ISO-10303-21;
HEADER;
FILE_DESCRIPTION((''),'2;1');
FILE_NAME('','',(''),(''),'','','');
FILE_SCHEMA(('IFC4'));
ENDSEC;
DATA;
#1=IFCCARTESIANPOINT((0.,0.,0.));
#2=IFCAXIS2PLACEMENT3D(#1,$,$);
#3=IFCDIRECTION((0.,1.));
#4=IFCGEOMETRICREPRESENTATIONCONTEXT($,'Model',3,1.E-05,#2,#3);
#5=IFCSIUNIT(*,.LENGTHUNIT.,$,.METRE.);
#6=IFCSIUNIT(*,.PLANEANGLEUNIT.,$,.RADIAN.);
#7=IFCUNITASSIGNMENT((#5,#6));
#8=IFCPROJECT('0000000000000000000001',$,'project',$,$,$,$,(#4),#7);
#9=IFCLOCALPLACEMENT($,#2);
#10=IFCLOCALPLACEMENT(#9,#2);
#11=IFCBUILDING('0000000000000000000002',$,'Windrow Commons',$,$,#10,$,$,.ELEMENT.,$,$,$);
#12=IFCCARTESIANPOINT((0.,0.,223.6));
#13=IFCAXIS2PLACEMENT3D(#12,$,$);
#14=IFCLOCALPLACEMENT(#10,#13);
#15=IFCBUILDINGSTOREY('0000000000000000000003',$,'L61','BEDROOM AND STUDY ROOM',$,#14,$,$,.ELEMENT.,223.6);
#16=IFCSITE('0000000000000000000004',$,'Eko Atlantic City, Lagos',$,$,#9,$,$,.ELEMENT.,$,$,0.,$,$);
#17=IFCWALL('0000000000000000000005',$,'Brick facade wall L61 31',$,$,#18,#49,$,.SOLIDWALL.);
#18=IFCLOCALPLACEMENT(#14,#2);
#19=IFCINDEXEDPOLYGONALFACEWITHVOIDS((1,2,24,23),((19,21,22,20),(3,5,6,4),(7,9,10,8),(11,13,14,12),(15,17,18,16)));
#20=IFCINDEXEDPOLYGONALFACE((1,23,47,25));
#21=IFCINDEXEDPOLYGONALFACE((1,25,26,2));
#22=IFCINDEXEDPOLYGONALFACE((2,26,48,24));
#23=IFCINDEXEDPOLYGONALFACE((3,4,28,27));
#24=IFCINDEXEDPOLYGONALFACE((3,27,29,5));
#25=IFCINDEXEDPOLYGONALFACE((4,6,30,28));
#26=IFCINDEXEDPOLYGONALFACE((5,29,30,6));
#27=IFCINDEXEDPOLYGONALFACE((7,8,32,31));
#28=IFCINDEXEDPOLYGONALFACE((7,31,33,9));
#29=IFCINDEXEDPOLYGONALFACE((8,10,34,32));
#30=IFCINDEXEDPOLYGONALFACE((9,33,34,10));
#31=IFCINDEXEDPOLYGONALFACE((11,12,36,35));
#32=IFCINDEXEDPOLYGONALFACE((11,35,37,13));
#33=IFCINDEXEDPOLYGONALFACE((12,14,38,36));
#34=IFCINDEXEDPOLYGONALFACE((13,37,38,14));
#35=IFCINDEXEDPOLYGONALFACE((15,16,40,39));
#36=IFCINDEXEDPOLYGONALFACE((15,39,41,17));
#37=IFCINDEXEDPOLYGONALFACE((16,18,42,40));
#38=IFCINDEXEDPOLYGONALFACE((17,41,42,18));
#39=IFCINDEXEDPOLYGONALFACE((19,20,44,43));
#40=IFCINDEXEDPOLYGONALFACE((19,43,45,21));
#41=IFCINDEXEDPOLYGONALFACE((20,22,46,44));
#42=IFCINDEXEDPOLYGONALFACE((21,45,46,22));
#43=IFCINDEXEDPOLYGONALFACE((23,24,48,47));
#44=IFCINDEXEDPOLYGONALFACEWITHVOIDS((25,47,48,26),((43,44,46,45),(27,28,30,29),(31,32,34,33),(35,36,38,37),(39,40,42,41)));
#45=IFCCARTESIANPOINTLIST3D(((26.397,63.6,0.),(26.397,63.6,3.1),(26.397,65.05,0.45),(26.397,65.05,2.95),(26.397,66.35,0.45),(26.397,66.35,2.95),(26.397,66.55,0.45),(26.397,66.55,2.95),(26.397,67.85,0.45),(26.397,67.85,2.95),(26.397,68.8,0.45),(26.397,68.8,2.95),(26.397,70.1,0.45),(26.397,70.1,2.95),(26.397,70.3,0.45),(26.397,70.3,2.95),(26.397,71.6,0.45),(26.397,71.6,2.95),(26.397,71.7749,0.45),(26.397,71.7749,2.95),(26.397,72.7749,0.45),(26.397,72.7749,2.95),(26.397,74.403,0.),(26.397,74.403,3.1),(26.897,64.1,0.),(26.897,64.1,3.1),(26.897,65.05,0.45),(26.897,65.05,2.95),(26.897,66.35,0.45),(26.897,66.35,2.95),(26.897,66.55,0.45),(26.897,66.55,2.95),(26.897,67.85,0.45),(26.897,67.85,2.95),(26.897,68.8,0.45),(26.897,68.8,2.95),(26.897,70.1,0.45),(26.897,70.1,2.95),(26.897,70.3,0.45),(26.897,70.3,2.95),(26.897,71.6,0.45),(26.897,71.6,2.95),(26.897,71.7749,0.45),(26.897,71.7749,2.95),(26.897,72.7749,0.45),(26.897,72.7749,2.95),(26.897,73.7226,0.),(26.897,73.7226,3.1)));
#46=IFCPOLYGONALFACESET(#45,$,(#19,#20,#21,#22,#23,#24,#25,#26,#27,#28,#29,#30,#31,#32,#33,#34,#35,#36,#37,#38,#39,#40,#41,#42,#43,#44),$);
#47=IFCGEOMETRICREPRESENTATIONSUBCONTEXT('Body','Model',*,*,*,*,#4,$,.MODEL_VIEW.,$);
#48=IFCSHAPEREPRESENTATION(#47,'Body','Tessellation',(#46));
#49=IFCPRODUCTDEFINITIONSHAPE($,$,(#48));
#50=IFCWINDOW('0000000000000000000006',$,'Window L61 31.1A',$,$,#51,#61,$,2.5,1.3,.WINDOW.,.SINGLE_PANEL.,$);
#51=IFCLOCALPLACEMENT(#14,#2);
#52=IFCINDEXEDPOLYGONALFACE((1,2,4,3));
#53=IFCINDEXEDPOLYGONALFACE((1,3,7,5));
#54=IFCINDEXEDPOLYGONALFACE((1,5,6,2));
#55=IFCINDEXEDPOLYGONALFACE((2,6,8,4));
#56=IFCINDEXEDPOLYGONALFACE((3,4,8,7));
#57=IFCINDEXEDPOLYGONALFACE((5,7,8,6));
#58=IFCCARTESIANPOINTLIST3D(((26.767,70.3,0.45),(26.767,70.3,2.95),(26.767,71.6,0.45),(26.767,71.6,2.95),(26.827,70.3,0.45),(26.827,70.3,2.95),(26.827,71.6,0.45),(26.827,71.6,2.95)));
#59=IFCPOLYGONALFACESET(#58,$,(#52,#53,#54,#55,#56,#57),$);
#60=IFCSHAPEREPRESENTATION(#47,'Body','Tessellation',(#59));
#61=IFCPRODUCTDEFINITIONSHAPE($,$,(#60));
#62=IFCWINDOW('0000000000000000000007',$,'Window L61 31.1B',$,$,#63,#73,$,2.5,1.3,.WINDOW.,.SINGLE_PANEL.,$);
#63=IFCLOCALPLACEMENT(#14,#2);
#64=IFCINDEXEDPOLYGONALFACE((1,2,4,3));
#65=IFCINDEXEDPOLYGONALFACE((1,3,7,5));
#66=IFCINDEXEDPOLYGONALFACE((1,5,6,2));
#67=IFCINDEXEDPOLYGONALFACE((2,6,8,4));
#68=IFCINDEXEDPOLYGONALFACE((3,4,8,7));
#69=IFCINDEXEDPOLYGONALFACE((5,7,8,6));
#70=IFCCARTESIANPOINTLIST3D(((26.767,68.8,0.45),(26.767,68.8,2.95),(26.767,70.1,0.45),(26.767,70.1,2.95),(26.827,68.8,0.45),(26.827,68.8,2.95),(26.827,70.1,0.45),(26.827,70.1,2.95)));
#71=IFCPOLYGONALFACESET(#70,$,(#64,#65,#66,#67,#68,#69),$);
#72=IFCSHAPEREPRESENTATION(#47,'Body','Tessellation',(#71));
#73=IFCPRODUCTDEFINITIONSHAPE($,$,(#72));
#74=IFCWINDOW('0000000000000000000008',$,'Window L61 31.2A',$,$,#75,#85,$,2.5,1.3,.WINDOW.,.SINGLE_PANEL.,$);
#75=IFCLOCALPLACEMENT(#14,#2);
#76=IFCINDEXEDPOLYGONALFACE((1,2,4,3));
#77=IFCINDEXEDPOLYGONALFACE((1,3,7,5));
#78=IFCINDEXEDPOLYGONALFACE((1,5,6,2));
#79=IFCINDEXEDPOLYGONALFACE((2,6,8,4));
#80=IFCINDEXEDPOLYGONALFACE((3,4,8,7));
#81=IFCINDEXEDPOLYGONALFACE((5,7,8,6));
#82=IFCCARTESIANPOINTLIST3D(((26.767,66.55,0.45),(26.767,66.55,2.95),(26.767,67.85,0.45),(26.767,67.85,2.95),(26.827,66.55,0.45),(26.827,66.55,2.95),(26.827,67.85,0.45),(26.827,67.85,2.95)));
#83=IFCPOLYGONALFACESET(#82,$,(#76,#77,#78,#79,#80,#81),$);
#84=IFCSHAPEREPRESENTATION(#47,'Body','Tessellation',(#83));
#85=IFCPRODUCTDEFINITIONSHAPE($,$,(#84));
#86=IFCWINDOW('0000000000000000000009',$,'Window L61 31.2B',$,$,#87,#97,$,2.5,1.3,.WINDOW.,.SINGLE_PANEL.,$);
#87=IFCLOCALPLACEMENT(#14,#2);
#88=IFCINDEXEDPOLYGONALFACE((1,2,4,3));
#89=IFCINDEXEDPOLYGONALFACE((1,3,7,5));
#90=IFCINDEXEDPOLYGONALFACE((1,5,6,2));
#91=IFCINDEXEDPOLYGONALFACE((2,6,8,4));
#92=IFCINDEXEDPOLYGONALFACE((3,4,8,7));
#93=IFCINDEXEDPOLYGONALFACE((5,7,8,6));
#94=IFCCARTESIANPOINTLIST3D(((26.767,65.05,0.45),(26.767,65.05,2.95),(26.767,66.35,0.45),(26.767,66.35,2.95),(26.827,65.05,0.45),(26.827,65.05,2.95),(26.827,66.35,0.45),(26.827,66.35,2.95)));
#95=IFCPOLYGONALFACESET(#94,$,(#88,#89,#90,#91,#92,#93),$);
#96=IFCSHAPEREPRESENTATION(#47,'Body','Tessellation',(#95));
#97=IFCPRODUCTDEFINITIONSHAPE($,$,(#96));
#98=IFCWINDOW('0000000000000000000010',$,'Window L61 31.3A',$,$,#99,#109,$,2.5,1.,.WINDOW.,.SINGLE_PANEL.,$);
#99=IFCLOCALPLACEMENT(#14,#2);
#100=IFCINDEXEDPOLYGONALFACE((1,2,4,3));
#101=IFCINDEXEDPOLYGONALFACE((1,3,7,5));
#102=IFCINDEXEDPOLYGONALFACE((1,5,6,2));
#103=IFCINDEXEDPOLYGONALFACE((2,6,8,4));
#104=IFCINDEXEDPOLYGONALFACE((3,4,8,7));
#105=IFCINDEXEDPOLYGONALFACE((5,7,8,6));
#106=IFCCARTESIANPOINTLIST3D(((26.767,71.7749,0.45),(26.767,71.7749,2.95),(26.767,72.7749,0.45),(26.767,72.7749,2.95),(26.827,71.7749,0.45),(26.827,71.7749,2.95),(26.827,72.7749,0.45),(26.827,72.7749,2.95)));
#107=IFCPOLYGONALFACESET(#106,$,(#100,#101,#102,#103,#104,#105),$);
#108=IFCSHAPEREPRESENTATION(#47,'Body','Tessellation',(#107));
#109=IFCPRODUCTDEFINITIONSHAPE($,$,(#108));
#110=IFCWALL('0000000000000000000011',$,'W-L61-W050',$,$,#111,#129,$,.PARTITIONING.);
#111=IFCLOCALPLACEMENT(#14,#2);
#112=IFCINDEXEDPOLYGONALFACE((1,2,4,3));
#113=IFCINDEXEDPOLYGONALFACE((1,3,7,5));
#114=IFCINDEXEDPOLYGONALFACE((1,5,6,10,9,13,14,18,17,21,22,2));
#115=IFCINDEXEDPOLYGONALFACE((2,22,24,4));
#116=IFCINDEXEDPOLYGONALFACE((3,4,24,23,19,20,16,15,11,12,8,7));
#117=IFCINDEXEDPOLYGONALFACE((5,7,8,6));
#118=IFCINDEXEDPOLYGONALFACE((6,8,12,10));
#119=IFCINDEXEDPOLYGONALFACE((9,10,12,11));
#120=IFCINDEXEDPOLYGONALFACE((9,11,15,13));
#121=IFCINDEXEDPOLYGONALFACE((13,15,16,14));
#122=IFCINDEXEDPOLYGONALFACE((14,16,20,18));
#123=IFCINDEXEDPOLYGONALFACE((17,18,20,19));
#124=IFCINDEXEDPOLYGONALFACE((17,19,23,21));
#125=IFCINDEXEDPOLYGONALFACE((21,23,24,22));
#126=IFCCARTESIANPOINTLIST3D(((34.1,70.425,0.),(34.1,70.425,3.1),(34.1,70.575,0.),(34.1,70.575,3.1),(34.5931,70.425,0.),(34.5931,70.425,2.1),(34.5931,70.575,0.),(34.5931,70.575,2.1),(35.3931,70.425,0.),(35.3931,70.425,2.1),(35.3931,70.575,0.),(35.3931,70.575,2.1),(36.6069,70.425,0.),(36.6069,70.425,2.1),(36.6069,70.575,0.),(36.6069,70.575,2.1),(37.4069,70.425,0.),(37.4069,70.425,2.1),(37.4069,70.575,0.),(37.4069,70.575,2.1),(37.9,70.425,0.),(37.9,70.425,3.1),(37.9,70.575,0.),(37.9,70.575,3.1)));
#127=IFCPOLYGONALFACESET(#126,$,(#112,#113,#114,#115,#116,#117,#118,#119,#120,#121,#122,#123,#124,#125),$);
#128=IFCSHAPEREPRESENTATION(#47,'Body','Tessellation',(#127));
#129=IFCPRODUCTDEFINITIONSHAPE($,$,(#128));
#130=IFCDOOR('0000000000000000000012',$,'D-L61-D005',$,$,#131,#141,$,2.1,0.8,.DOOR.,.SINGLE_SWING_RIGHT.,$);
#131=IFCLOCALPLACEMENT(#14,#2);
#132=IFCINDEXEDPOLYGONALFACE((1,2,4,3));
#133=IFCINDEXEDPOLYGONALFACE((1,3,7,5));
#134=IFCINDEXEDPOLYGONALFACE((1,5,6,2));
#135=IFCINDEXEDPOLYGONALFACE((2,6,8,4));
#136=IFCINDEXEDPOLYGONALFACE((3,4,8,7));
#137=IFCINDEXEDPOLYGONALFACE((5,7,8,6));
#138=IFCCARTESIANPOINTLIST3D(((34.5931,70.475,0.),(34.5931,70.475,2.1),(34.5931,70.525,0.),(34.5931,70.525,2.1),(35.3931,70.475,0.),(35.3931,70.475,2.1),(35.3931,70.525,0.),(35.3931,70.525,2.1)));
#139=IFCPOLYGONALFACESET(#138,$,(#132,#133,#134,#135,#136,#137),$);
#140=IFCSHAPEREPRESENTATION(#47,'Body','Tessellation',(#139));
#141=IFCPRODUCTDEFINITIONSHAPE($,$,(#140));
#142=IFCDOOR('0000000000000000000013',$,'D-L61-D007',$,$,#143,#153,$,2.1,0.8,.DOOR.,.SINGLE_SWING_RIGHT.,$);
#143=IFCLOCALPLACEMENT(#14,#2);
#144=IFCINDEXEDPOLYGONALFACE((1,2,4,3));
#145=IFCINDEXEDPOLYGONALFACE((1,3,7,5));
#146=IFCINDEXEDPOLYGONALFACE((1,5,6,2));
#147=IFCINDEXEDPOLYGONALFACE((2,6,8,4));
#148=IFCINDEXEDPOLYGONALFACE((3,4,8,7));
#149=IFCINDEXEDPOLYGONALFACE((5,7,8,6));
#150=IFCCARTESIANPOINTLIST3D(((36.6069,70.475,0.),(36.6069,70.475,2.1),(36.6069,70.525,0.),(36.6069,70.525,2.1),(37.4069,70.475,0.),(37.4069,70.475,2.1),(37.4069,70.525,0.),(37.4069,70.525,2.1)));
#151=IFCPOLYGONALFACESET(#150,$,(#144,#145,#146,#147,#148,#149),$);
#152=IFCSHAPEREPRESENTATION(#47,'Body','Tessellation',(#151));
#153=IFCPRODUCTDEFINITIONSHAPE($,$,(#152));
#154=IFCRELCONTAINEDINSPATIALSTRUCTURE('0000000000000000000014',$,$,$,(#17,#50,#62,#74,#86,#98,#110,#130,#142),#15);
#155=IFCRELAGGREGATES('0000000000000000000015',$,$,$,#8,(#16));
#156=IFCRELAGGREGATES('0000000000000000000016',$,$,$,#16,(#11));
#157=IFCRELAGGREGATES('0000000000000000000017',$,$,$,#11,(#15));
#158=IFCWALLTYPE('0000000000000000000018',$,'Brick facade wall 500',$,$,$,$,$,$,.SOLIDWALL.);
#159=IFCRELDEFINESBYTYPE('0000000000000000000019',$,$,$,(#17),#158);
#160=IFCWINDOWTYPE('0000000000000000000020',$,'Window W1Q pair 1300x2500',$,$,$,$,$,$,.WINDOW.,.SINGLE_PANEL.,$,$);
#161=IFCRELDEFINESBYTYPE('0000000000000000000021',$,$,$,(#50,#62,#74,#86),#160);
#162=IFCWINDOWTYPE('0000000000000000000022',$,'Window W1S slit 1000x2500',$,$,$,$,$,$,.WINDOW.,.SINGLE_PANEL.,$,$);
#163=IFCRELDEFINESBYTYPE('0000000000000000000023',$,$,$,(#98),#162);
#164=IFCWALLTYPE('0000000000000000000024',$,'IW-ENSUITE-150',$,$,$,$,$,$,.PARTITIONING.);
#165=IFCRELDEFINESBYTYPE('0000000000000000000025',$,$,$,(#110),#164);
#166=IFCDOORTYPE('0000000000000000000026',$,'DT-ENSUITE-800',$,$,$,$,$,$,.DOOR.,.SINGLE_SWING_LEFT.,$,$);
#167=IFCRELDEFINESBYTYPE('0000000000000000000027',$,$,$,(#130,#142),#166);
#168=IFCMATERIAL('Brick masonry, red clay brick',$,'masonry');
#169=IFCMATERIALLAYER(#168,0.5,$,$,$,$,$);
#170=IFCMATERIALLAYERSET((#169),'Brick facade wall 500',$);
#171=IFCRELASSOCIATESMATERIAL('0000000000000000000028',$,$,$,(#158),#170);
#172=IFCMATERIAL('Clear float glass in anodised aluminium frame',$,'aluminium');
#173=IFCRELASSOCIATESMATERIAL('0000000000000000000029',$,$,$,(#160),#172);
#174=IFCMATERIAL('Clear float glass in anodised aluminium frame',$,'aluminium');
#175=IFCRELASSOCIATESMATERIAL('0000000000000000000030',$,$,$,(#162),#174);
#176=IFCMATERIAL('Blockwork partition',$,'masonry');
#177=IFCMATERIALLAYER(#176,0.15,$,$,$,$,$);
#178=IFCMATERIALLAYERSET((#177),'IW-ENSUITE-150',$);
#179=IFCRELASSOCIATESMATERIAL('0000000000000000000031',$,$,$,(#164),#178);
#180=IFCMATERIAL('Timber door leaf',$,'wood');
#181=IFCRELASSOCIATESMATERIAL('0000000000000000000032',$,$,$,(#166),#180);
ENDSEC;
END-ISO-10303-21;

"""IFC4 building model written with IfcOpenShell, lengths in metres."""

from ifc_helpers import new_model, si_unit, direction, frame, frame_2d, origin, place, context, subcontext, project, spatial, polyline, rectangle, outline, extrude, material, layer, layer_set, type_object, element, fill, save


model = new_model("IFC4")

# Units and contexts
model_context = context("Model", 3, precision=1e-05, world=origin(), true_north=direction((0.0, 1.0)))
body_context = subcontext(model_context, "Body", "Model", "MODEL_VIEW")
ifc_project = project(units=[si_unit("LENGTHUNIT", "METRE"), si_unit("PLANEANGLEUNIT", "RADIAN")], contexts=[model_context])

# Site, building, storey
site_placement = place(None, origin())
site = spatial("IfcSite", under=ifc_project, at=site_placement, Name="Eko Atlantic City, Lagos", CompositionType="ELEMENT", RefElevation=0.0)
building_placement = place(site_placement, origin())
building = spatial("IfcBuilding", under=site, at=building_placement, Name="Windrow Commons", CompositionType="ELEMENT")
storey_placement = place(building_placement, frame((0.0, 0.0, 223.6)))
storey = spatial("IfcBuildingStorey", under=building, at=storey_placement, Name="L61", Description="BEDROOM AND STUDY ROOM", CompositionType="ELEMENT", Elevation=223.6)

# Shared definitions
ifc_material_1 = material(Name="Brick masonry, red clay brick", Category="masonry")
ifc_layer_1 = layer(ifc_material_1, 0.5)
ifc_layer_set_1 = layer_set([ifc_layer_1], Name="Brick facade wall 500")
wall_type_1 = type_object("IfcWallType", Name="Brick facade wall 500", PredefinedType="SOLIDWALL", material=ifc_layer_set_1)

# Wall, openings, windows
wall_1_placement = place(storey_placement, frame((26.647, 74.0628, 0.0), z_axis=(0.0, 0.0, 1.0), x_axis=(0.0, -1.0, 0.0)))
wall_1 = element("IfcWall", 1, at=wall_1_placement, inside=storey, type_object=wall_type_1, Name="Brick facade wall L61 31", PredefinedType="SOLIDWALL", context=body_context, shape_type="SweptSolid", body=[
    extrude(outline(polyline([(-0.3402, -0.25), (10.4628, -0.25), (9.9628, 0.25), (0.3402, 0.25), (-0.3402, -0.25)])), origin(), (0.0, 0.0, 1.0), 3.1),
])
opening_1_placement = place(wall_1_placement, frame((2.4628, 0.0, 0.45)))
opening_1 = element("IfcOpeningElement", 2, at=opening_1_placement, cuts=wall_1, PredefinedType="OPENING", context=body_context, shape_type="SweptSolid", body=[
    extrude(rectangle(XDim=1.3, YDim=2.5, at=frame_2d((0.65, 1.25))), frame((0.0, 0.26, 0.0), z_axis=(0.0, -1.0, 0.0), x_axis=(1.0, 0.0, 0.0)), (0.0, 0.0, 1.0), 0.52),
])
opening_2_placement = place(wall_1_placement, frame((3.9628, 0.0, 0.45)))
opening_2 = element("IfcOpeningElement", 3, at=opening_2_placement, cuts=wall_1, PredefinedType="OPENING", context=body_context, shape_type="SweptSolid", body=[
    extrude(rectangle(XDim=1.3, YDim=2.5, at=frame_2d((0.65, 1.25))), frame((0.0, 0.26, 0.0), z_axis=(0.0, -1.0, 0.0), x_axis=(1.0, 0.0, 0.0)), (0.0, 0.0, 1.0), 0.52),
])
opening_3_placement = place(wall_1_placement, frame((6.2128, 0.0, 0.45)))
opening_3 = element("IfcOpeningElement", 4, at=opening_3_placement, cuts=wall_1, PredefinedType="OPENING", context=body_context, shape_type="SweptSolid", body=[
    extrude(rectangle(XDim=1.3, YDim=2.5, at=frame_2d((0.65, 1.25))), frame((0.0, 0.26, 0.0), z_axis=(0.0, -1.0, 0.0), x_axis=(1.0, 0.0, 0.0)), (0.0, 0.0, 1.0), 0.52),
])
opening_4_placement = place(wall_1_placement, frame((7.7128, 0.0, 0.45)))
opening_4 = element("IfcOpeningElement", 5, at=opening_4_placement, cuts=wall_1, PredefinedType="OPENING", context=body_context, shape_type="SweptSolid", body=[
    extrude(rectangle(XDim=1.3, YDim=2.5, at=frame_2d((0.65, 1.25))), frame((0.0, 0.26, 0.0), z_axis=(0.0, -1.0, 0.0), x_axis=(1.0, 0.0, 0.0)), (0.0, 0.0, 1.0), 0.52),
])
opening_5_placement = place(wall_1_placement, frame((1.2879, 0.0, 0.45)))
opening_5 = element("IfcOpeningElement", 6, at=opening_5_placement, cuts=wall_1, PredefinedType="OPENING", context=body_context, shape_type="SweptSolid", body=[
    extrude(rectangle(XDim=1.0, YDim=2.5, at=frame_2d((0.5, 1.25))), frame((0.0, 0.26, 0.0), z_axis=(0.0, -1.0, 0.0), x_axis=(1.0, 0.0, 0.0)), (0.0, 0.0, 1.0), 0.52),
])
ifc_material_2 = material(Name="Clear float glass in anodised aluminium frame", Category="aluminium")
window_type_1 = type_object("IfcWindowType", Name="Window W1Q pair 1300x2500", PartitioningType="SINGLE_PANEL", PredefinedType="WINDOW", material=ifc_material_2)
window_1_placement = place(opening_1_placement, origin())
window_1 = element("IfcWindow", 7, at=window_1_placement, inside=storey, type_object=window_type_1, Name="Window L61 31.1A", OverallHeight=2.5, OverallWidth=1.3, PartitioningType="SINGLE_PANEL", PredefinedType="WINDOW", context=body_context, shape_type="SweptSolid", body=[
    extrude(rectangle(XDim=1.3, YDim=2.5, at=frame_2d((0.65, 1.25))), frame((0.0, 0.18, 0.0), z_axis=(0.0, -1.0, 0.0), x_axis=(1.0, 0.0, 0.0)), (0.0, 0.0, 1.0), 0.06),
])
fill(opening_1, window_1)
window_2_placement = place(opening_2_placement, origin())
window_2 = element("IfcWindow", 8, at=window_2_placement, inside=storey, type_object=window_type_1, Name="Window L61 31.1B", OverallHeight=2.5, OverallWidth=1.3, PartitioningType="SINGLE_PANEL", PredefinedType="WINDOW", context=body_context, shape_type="SweptSolid", body=[
    extrude(rectangle(XDim=1.3, YDim=2.5, at=frame_2d((0.65, 1.25))), frame((0.0, 0.18, 0.0), z_axis=(0.0, -1.0, 0.0), x_axis=(1.0, 0.0, 0.0)), (0.0, 0.0, 1.0), 0.06),
])
fill(opening_2, window_2)
window_3_placement = place(opening_3_placement, origin())
window_3 = element("IfcWindow", 9, at=window_3_placement, inside=storey, type_object=window_type_1, Name="Window L61 31.2A", OverallHeight=2.5, OverallWidth=1.3, PartitioningType="SINGLE_PANEL", PredefinedType="WINDOW", context=body_context, shape_type="SweptSolid", body=[
    extrude(rectangle(XDim=1.3, YDim=2.5, at=frame_2d((0.65, 1.25))), frame((0.0, 0.18, 0.0), z_axis=(0.0, -1.0, 0.0), x_axis=(1.0, 0.0, 0.0)), (0.0, 0.0, 1.0), 0.06),
])
fill(opening_3, window_3)
window_4_placement = place(opening_4_placement, origin())
window_4 = element("IfcWindow", 10, at=window_4_placement, inside=storey, type_object=window_type_1, Name="Window L61 31.2B", OverallHeight=2.5, OverallWidth=1.3, PartitioningType="SINGLE_PANEL", PredefinedType="WINDOW", context=body_context, shape_type="SweptSolid", body=[
    extrude(rectangle(XDim=1.3, YDim=2.5, at=frame_2d((0.65, 1.25))), frame((0.0, 0.18, 0.0), z_axis=(0.0, -1.0, 0.0), x_axis=(1.0, 0.0, 0.0)), (0.0, 0.0, 1.0), 0.06),
])
fill(opening_4, window_4)
ifc_material_3 = material(Name="Clear float glass in anodised aluminium frame", Category="aluminium")
window_type_2 = type_object("IfcWindowType", Name="Window W1S slit 1000x2500", PartitioningType="SINGLE_PANEL", PredefinedType="WINDOW", material=ifc_material_3)
window_5_placement = place(opening_5_placement, origin())
window_5 = element("IfcWindow", 11, at=window_5_placement, inside=storey, type_object=window_type_2, Name="Window L61 31.3A", OverallHeight=2.5, OverallWidth=1.0, PartitioningType="SINGLE_PANEL", PredefinedType="WINDOW", context=body_context, shape_type="SweptSolid", body=[
    extrude(rectangle(XDim=1.0, YDim=2.5, at=frame_2d((0.5, 1.25))), frame((0.0, 0.18, 0.0), z_axis=(0.0, -1.0, 0.0), x_axis=(1.0, 0.0, 0.0)), (0.0, 0.0, 1.0), 0.06),
])
fill(opening_5, window_5)

# Wall, openings, doors
ifc_material_4 = material(Name="Blockwork partition", Category="masonry")
ifc_layer_2 = layer(ifc_material_4, 0.15)
ifc_layer_set_2 = layer_set([ifc_layer_2], Name="IW-ENSUITE-150")
wall_type_2 = type_object("IfcWallType", Name="IW-ENSUITE-150", PredefinedType="PARTITIONING", material=ifc_layer_set_2)
wall_2_placement = place(storey_placement, frame((34.1, 70.5, 0.0), z_axis=(0.0, 0.0, 1.0), x_axis=(1.0, 0.0, 0.0)))
wall_2 = element("IfcWall", 12, at=wall_2_placement, inside=storey, type_object=wall_type_2, Name="W-L61-W050", PredefinedType="PARTITIONING", context=body_context, shape_type="SweptSolid", body=[
    extrude(rectangle(XDim=3.8, YDim=0.15, at=frame_2d((1.9, 0.0))), origin(), (0.0, 0.0, 1.0), 3.1),
])
opening_6_placement = place(wall_2_placement, frame((0.4931, 0.0, 0.0)))
opening_6 = element("IfcOpeningElement", 13, at=opening_6_placement, cuts=wall_2, PredefinedType="OPENING", context=body_context, shape_type="SweptSolid", body=[
    extrude(rectangle(XDim=0.8, YDim=2.1, at=frame_2d((0.4, 1.05))), frame((0.0, 0.085, 0.0), z_axis=(0.0, -1.0, 0.0), x_axis=(1.0, 0.0, 0.0)), (0.0, 0.0, 1.0), 0.17),
])
opening_7_placement = place(wall_2_placement, frame((2.5069, 0.0, 0.0)))
opening_7 = element("IfcOpeningElement", 14, at=opening_7_placement, cuts=wall_2, PredefinedType="OPENING", context=body_context, shape_type="SweptSolid", body=[
    extrude(rectangle(XDim=0.8, YDim=2.1, at=frame_2d((0.4, 1.05))), frame((0.0, 0.085, 0.0), z_axis=(0.0, -1.0, 0.0), x_axis=(1.0, 0.0, 0.0)), (0.0, 0.0, 1.0), 0.17),
])
ifc_material_5 = material(Name="Timber door leaf", Category="wood")
door_type = type_object("IfcDoorType", Name="DT-ENSUITE-800", OperationType="SINGLE_SWING_LEFT", PredefinedType="DOOR", material=ifc_material_5)
door_1_placement = place(opening_6_placement, origin())
door_1 = element("IfcDoor", 15, at=door_1_placement, inside=storey, type_object=door_type, Name="D-L61-D005", OperationType="SINGLE_SWING_RIGHT", OverallHeight=2.1, OverallWidth=0.8, PredefinedType="DOOR", context=body_context, shape_type="SweptSolid", body=[
    extrude(rectangle(XDim=0.8, YDim=2.1, at=frame_2d((0.4, 1.05))), frame((0.0, 0.025, 0.0), z_axis=(0.0, -1.0, 0.0), x_axis=(1.0, 0.0, 0.0)), (0.0, 0.0, 1.0), 0.05),
])
fill(opening_6, door_1)
door_2_placement = place(opening_7_placement, origin())
door_2 = element("IfcDoor", 16, at=door_2_placement, inside=storey, type_object=door_type, Name="D-L61-D007", OperationType="SINGLE_SWING_RIGHT", OverallHeight=2.1, OverallWidth=0.8, PredefinedType="DOOR", context=body_context, shape_type="SweptSolid", body=[
    extrude(rectangle(XDim=0.8, YDim=2.1, at=frame_2d((0.4, 1.05))), frame((0.0, 0.025, 0.0), z_axis=(0.0, -1.0, 0.0), x_axis=(1.0, 0.0, 0.0)), (0.0, 0.0, 1.0), 0.05),
])
fill(opening_7, door_2)

save(model, "model.ifc")
